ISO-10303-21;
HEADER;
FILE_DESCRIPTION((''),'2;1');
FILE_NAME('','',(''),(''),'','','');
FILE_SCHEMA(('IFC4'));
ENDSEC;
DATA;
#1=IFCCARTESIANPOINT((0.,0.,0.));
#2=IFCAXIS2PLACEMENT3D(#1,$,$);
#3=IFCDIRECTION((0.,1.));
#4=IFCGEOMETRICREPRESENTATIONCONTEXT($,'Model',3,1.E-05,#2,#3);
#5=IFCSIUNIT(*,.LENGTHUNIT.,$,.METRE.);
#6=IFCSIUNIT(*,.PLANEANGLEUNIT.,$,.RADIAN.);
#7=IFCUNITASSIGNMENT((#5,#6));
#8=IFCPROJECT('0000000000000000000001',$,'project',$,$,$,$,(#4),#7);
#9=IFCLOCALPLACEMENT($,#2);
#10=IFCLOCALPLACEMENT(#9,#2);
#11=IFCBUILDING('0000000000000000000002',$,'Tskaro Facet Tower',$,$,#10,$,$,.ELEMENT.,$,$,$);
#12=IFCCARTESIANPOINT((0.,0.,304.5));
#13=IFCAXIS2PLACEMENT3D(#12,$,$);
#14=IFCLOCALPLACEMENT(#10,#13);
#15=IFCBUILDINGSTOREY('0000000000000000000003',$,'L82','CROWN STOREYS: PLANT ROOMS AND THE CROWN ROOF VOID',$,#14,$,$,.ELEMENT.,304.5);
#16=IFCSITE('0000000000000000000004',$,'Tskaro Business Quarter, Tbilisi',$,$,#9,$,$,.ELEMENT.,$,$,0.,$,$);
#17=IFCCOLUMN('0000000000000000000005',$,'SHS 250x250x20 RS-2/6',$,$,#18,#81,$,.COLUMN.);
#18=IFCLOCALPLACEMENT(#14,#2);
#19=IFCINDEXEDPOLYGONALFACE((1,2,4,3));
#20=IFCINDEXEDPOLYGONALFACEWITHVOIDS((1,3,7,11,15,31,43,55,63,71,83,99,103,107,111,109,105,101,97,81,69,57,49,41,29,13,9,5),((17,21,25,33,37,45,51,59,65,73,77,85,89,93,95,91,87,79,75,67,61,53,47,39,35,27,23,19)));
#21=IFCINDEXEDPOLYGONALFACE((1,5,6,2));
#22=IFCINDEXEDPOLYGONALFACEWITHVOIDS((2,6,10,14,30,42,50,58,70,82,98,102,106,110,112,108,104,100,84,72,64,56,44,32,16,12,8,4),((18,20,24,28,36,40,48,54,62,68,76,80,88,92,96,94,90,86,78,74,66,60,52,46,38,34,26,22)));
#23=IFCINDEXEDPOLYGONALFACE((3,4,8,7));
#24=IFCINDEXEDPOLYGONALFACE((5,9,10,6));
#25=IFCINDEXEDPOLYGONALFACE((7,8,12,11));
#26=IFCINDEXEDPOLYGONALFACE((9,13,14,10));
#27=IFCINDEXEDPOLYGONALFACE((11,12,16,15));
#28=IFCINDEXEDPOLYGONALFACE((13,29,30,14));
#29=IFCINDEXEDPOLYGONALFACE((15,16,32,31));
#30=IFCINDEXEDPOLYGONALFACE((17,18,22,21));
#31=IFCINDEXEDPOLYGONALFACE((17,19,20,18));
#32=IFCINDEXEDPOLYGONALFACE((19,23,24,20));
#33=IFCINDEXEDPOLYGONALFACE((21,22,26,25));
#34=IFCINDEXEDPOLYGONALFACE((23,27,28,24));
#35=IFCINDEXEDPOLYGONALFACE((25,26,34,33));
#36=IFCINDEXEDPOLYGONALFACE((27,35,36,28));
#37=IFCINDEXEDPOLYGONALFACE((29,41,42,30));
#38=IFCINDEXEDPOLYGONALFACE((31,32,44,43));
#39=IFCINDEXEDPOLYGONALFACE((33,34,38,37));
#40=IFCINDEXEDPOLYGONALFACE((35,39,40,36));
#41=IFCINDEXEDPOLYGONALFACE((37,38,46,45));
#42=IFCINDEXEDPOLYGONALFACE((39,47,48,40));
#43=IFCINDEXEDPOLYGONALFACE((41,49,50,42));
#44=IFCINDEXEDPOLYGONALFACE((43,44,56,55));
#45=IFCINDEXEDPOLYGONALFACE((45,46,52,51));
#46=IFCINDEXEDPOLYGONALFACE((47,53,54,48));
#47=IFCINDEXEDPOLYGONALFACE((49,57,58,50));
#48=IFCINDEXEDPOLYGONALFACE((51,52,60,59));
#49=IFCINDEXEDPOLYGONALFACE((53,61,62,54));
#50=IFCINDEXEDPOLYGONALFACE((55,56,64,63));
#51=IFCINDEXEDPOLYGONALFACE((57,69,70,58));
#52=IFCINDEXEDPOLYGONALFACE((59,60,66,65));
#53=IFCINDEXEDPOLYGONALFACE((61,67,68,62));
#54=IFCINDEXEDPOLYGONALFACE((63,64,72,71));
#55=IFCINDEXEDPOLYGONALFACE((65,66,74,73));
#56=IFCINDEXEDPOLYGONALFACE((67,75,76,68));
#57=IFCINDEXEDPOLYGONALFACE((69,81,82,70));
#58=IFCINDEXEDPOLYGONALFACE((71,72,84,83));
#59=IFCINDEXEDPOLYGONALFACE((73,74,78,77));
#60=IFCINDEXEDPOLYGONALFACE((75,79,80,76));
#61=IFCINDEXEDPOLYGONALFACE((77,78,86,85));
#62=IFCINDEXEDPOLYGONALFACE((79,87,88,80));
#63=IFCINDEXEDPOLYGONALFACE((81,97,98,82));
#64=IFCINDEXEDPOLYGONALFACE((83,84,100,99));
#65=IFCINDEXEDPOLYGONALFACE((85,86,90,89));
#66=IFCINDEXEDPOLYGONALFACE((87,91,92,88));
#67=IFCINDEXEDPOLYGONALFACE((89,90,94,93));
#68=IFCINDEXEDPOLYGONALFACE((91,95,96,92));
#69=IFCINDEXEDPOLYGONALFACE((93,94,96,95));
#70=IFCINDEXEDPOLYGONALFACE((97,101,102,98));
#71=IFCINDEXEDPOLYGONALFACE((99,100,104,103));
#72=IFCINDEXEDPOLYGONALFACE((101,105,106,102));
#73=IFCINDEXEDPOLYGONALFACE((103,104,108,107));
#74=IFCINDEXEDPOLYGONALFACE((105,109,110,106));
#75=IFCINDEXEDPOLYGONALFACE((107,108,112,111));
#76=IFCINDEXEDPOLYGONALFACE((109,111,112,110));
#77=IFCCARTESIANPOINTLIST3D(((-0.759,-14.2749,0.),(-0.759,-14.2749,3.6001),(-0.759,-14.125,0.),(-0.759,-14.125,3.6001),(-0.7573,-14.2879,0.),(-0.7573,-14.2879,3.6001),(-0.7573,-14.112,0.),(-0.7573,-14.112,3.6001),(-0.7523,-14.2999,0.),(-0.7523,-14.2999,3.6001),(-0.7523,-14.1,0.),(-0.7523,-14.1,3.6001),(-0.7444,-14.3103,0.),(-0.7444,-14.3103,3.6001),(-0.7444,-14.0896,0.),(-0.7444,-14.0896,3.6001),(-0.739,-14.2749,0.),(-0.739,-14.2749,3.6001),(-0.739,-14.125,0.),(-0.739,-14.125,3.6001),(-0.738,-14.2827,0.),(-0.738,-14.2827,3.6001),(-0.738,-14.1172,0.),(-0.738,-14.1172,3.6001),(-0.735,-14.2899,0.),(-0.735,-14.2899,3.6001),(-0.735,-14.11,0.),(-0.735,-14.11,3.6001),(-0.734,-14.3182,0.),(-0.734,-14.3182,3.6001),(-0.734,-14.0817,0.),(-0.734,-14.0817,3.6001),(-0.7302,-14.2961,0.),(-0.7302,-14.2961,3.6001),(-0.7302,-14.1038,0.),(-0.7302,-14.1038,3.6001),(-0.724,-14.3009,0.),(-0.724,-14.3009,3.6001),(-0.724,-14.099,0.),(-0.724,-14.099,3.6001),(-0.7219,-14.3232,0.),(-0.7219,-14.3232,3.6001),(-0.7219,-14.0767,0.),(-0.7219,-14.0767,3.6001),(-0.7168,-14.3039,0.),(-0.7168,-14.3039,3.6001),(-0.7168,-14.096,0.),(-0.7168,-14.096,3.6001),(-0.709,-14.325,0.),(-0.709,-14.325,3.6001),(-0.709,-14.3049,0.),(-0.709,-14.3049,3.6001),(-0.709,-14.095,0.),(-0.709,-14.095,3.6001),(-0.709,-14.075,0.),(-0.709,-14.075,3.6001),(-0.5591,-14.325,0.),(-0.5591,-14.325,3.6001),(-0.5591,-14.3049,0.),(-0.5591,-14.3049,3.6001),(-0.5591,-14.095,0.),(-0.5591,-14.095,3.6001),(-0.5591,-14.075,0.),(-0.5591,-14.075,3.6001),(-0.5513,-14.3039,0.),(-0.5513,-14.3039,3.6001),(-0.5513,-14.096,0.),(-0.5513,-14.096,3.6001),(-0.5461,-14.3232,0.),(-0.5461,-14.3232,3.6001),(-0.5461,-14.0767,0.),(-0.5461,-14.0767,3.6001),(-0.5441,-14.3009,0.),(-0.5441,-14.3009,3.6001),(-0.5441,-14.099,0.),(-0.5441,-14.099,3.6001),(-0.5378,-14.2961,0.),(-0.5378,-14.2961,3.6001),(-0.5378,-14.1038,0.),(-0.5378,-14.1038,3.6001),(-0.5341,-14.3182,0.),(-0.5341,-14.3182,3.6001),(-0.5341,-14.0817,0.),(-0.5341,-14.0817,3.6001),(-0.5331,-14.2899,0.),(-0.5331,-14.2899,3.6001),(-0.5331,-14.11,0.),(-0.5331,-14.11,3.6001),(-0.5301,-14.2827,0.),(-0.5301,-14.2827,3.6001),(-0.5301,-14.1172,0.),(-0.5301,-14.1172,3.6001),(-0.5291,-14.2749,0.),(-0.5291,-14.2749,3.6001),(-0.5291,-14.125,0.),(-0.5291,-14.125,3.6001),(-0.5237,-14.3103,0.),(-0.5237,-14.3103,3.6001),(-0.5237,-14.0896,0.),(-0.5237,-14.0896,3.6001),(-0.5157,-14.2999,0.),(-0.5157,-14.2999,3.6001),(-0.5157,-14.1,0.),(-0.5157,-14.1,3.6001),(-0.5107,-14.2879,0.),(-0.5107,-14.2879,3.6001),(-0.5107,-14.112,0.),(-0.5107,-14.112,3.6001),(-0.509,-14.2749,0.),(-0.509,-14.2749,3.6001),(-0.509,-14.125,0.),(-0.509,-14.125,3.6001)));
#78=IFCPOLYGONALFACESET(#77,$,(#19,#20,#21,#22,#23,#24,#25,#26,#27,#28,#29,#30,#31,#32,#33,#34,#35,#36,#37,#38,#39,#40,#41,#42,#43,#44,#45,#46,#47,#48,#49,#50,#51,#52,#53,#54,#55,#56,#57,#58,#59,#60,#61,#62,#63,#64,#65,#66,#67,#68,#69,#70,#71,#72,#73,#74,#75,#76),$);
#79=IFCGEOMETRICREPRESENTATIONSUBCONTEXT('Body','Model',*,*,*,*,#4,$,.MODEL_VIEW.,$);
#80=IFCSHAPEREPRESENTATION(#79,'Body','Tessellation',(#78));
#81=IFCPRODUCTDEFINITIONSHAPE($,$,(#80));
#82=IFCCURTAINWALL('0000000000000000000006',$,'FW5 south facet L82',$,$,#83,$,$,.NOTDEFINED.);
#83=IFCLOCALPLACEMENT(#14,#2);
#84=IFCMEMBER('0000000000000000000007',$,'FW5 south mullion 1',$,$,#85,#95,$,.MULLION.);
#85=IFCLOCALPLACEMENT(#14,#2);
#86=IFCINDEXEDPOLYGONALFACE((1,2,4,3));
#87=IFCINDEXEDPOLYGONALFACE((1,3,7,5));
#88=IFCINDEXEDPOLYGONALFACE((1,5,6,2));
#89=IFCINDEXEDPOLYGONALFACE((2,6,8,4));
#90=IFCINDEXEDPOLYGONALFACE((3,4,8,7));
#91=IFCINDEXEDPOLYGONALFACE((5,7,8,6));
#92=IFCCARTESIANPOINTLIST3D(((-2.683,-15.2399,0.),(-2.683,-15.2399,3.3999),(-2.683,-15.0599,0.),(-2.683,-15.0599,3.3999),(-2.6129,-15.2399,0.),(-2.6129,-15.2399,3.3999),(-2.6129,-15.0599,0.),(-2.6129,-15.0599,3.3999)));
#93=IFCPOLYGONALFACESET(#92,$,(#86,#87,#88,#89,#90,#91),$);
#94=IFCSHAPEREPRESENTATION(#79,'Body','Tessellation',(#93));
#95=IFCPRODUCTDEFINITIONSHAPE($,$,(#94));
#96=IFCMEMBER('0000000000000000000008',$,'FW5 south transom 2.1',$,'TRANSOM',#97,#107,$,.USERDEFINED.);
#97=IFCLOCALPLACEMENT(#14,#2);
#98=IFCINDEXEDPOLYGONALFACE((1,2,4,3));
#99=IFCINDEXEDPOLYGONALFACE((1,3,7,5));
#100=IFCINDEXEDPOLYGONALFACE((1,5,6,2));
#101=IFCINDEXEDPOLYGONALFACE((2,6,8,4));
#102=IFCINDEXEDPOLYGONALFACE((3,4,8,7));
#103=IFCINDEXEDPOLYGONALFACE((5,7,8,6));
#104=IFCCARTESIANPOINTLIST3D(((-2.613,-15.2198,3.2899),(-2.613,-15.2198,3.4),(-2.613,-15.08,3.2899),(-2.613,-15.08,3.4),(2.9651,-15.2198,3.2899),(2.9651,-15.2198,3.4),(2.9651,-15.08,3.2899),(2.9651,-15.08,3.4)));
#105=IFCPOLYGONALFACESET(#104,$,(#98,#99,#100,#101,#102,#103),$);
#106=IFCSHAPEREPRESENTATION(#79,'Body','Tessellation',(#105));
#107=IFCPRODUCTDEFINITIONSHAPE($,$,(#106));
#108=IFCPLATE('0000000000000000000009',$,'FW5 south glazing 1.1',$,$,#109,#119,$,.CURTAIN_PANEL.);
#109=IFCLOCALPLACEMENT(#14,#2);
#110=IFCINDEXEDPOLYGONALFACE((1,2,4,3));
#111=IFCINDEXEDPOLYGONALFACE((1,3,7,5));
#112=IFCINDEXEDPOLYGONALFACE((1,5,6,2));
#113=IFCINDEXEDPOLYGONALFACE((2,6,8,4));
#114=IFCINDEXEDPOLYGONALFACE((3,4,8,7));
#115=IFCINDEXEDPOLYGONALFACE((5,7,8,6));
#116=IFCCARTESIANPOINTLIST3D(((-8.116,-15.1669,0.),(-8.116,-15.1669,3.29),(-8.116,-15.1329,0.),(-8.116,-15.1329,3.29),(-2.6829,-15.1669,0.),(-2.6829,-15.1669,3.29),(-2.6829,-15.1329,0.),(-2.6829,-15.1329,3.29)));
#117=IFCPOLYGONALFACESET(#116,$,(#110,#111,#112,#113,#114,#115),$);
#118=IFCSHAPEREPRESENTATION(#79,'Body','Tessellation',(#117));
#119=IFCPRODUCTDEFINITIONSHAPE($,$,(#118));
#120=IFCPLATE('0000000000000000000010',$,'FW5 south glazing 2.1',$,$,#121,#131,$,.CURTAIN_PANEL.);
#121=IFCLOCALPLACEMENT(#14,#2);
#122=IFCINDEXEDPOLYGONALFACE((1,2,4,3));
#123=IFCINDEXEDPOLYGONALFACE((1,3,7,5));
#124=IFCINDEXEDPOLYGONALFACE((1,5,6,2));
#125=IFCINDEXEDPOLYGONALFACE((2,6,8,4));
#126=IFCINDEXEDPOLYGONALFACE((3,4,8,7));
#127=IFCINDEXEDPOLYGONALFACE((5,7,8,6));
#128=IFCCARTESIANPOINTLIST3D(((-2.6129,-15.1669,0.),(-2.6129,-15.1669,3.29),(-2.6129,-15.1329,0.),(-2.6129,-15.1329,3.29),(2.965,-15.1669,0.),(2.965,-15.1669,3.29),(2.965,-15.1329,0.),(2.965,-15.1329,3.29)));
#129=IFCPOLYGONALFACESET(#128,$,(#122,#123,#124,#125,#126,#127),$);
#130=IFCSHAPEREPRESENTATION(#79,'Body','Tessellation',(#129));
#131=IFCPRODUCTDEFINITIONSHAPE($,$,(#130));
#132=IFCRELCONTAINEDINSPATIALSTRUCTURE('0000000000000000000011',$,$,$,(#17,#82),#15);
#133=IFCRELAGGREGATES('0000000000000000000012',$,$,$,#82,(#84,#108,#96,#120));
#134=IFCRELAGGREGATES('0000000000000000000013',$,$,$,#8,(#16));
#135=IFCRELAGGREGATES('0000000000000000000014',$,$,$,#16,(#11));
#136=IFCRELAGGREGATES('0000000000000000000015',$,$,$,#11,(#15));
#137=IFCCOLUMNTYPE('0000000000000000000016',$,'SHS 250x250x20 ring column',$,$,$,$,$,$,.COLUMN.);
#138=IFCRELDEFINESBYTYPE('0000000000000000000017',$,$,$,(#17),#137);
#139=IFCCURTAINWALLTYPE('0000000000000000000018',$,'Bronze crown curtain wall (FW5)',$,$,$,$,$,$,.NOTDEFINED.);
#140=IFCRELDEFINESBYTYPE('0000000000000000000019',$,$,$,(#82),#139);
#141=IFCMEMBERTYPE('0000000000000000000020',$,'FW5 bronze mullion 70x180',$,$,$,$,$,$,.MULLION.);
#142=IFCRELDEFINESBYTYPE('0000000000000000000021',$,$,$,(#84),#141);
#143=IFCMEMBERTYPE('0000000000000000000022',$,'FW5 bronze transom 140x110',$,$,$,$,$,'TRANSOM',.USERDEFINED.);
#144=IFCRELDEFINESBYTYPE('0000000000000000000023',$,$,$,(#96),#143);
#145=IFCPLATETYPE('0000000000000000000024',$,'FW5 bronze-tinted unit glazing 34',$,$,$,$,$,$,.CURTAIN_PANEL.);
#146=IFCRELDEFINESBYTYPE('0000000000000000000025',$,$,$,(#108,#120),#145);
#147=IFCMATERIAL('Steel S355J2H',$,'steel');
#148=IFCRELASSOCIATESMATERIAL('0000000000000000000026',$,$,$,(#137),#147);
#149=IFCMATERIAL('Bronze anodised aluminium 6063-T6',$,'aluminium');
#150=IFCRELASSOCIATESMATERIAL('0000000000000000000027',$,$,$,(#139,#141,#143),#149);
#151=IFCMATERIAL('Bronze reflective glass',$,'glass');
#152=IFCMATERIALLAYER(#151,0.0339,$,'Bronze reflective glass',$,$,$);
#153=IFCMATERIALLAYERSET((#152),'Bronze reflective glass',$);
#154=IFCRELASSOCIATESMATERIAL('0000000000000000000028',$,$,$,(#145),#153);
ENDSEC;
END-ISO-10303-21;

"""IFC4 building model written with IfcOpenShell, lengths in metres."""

from ifc_helpers import new_model, si_unit, direction, frame, origin, origin_2d, place, context, subcontext, project, spatial, rectangle, hollow_rectangle, extrude, material, layer, layer_set, material_profile, profile_set, type_object, element, aggregate, save


model = new_model("IFC4")

# Units and contexts
model_context = context("Model", 3, precision=1e-05, world=origin(), true_north=direction((0.0, 1.0)))
body_context = subcontext(model_context, "Body", "Model", "MODEL_VIEW")
ifc_project = project(units=[si_unit("LENGTHUNIT", "METRE"), si_unit("PLANEANGLEUNIT", "RADIAN")], contexts=[model_context])

# Site, building, storey
site_placement = place(None, origin())
site = spatial("IfcSite", under=ifc_project, at=site_placement, Name="Tskaro Business Quarter, Tbilisi", CompositionType="ELEMENT", RefElevation=0.0)
building_placement = place(site_placement, origin())
building = spatial("IfcBuilding", under=site, at=building_placement, Name="Tskaro Facet Tower", CompositionType="ELEMENT")
storey_placement = place(building_placement, frame((0.0, 0.0, 304.5)))
storey = spatial("IfcBuildingStorey", under=building, at=storey_placement, Name="L82", Description="CROWN STOREYS: PLANT ROOMS AND THE CROWN ROOF VOID", CompositionType="ELEMENT", Elevation=304.5)

# Column
ifc_material_1 = material(Name="Steel S355J2H", Category="steel")
ifc_material_profile_1 = material_profile(ifc_material_1, hollow_rectangle(XDim=0.25, YDim=0.25, WallThickness=0.02, InnerFilletRadius=0.03, OuterFilletRadius=0.05, at=origin_2d()), Name="SHS 250x250x20")
ifc_profile_set_1 = profile_set([ifc_material_profile_1], Name="Steel S355J2H")
column_type = type_object("IfcColumnType", Name="SHS 250x250x20 ring column", PredefinedType="COLUMN", material=ifc_profile_set_1)
column_placement = place(storey_placement, frame((-0.634, -14.2, 0.0), z_axis=(0.0, 0.0, 1.0), x_axis=(1.0, 0.0, 0.0)))
element("IfcColumn", 1, at=column_placement, inside=storey, type_object=column_type, Name="SHS 250x250x20 RS-2/6", PredefinedType="COLUMN", context=body_context, shape_type="SweptSolid", body=[
    extrude(hollow_rectangle(XDim=0.25, YDim=0.25, WallThickness=0.02, InnerFilletRadius=0.03, OuterFilletRadius=0.05, at=origin_2d()), origin(), (0.0, 0.0, 1.0), 3.6001),
])

# Curtain wall, members, plates
ifc_material_2 = material(Name="Bronze anodised aluminium 6063-T6", Category="aluminium")
curtain_wall_type = type_object("IfcCurtainWallType", Name="Bronze crown curtain wall (FW5)", PredefinedType="NOTDEFINED", material=ifc_material_2)
curtain_wall_placement = place(storey_placement, origin())
curtain_wall = element("IfcCurtainWall", 2, at=curtain_wall_placement, inside=storey, type_object=curtain_wall_type, Name="FW5 south facet L82", PredefinedType="NOTDEFINED")
ifc_material_profile_2 = material_profile(ifc_material_2, rectangle(XDim=0.0701, YDim=0.1799, at=origin_2d()), Name="Mullion 70x180")
ifc_profile_set_2 = profile_set([ifc_material_profile_2], Name="Bronze anodised aluminium 6063-T6")
member_type_1 = type_object("IfcMemberType", Name="FW5 bronze mullion 70x180", PredefinedType="MULLION", material=ifc_profile_set_2)
member_1_placement = place(storey_placement, frame((-2.6479, -15.1499, 0.0), z_axis=(0.0, 0.0, 1.0), x_axis=(1.0, 0.0, 0.0)))
member_1 = element("IfcMember", 3, at=member_1_placement, type_object=member_type_1, Name="FW5 south mullion 1", PredefinedType="MULLION", context=body_context, shape_type="SweptSolid", body=[
    extrude(rectangle(XDim=0.0701, YDim=0.1799, at=origin_2d()), origin(), (0.0, 0.0, 1.0), 3.3999),
])
ifc_material_profile_3 = material_profile(ifc_material_2, rectangle(XDim=0.1399, YDim=0.1101, at=origin_2d()), Name="Transom 140x110")
ifc_profile_set_3 = profile_set([ifc_material_profile_3], Name="Bronze anodised aluminium 6063-T6")
member_type_2 = type_object("IfcMemberType", Name="FW5 bronze transom 140x110", ElementType="TRANSOM", PredefinedType="USERDEFINED", material=ifc_profile_set_3)
member_2_placement = place(storey_placement, frame((-2.613, -15.1499, 3.345), z_axis=(1.0, 0.0, 0.0), x_axis=(0.0, 1.0, 0.0)))
member_2 = element("IfcMember", 4, at=member_2_placement, type_object=member_type_2, Name="FW5 south transom 2.1", ObjectType="TRANSOM", PredefinedType="USERDEFINED", context=body_context, shape_type="SweptSolid", body=[
    extrude(rectangle(XDim=0.1399, YDim=0.1101, at=origin_2d()), origin(), (0.0, 0.0, 1.0), 5.5781),
])
ifc_material_3 = material(Name="Bronze reflective glass", Category="glass")
ifc_layer_1 = layer(ifc_material_3, 0.0339, Name="Bronze reflective glass")
ifc_layer_set_1 = layer_set([ifc_layer_1], Name="Bronze reflective glass")
plate_type = type_object("IfcPlateType", Name="FW5 bronze-tinted unit glazing 34", PredefinedType="CURTAIN_PANEL", material=ifc_layer_set_1)
plate_1_placement = place(storey_placement, frame((-5.3994, -15.1499, 0.0), z_axis=(0.0, 0.0, 1.0), x_axis=(1.0, 0.0, 0.0)))
plate_1 = element("IfcPlate", 5, at=plate_1_placement, type_object=plate_type, Name="FW5 south glazing 1.1", PredefinedType="CURTAIN_PANEL", context=body_context, shape_type="SweptSolid", body=[
    extrude(rectangle(XDim=5.4331, YDim=0.0339, at=origin_2d()), origin(), (0.0, 0.0, 1.0), 3.29),
])
plate_2_placement = place(storey_placement, frame((0.176, -15.1499, 0.0), z_axis=(0.0, 0.0, 1.0), x_axis=(1.0, 0.0, 0.0)))
plate_2 = element("IfcPlate", 6, at=plate_2_placement, type_object=plate_type, Name="FW5 south glazing 2.1", PredefinedType="CURTAIN_PANEL", context=body_context, shape_type="SweptSolid", body=[
    extrude(rectangle(XDim=5.5779, YDim=0.0339, at=origin_2d()), origin(), (0.0, 0.0, 1.0), 3.29),
])
aggregate(curtain_wall, [member_1, plate_1, member_2, plate_2])

save(model, "model.ifc")
